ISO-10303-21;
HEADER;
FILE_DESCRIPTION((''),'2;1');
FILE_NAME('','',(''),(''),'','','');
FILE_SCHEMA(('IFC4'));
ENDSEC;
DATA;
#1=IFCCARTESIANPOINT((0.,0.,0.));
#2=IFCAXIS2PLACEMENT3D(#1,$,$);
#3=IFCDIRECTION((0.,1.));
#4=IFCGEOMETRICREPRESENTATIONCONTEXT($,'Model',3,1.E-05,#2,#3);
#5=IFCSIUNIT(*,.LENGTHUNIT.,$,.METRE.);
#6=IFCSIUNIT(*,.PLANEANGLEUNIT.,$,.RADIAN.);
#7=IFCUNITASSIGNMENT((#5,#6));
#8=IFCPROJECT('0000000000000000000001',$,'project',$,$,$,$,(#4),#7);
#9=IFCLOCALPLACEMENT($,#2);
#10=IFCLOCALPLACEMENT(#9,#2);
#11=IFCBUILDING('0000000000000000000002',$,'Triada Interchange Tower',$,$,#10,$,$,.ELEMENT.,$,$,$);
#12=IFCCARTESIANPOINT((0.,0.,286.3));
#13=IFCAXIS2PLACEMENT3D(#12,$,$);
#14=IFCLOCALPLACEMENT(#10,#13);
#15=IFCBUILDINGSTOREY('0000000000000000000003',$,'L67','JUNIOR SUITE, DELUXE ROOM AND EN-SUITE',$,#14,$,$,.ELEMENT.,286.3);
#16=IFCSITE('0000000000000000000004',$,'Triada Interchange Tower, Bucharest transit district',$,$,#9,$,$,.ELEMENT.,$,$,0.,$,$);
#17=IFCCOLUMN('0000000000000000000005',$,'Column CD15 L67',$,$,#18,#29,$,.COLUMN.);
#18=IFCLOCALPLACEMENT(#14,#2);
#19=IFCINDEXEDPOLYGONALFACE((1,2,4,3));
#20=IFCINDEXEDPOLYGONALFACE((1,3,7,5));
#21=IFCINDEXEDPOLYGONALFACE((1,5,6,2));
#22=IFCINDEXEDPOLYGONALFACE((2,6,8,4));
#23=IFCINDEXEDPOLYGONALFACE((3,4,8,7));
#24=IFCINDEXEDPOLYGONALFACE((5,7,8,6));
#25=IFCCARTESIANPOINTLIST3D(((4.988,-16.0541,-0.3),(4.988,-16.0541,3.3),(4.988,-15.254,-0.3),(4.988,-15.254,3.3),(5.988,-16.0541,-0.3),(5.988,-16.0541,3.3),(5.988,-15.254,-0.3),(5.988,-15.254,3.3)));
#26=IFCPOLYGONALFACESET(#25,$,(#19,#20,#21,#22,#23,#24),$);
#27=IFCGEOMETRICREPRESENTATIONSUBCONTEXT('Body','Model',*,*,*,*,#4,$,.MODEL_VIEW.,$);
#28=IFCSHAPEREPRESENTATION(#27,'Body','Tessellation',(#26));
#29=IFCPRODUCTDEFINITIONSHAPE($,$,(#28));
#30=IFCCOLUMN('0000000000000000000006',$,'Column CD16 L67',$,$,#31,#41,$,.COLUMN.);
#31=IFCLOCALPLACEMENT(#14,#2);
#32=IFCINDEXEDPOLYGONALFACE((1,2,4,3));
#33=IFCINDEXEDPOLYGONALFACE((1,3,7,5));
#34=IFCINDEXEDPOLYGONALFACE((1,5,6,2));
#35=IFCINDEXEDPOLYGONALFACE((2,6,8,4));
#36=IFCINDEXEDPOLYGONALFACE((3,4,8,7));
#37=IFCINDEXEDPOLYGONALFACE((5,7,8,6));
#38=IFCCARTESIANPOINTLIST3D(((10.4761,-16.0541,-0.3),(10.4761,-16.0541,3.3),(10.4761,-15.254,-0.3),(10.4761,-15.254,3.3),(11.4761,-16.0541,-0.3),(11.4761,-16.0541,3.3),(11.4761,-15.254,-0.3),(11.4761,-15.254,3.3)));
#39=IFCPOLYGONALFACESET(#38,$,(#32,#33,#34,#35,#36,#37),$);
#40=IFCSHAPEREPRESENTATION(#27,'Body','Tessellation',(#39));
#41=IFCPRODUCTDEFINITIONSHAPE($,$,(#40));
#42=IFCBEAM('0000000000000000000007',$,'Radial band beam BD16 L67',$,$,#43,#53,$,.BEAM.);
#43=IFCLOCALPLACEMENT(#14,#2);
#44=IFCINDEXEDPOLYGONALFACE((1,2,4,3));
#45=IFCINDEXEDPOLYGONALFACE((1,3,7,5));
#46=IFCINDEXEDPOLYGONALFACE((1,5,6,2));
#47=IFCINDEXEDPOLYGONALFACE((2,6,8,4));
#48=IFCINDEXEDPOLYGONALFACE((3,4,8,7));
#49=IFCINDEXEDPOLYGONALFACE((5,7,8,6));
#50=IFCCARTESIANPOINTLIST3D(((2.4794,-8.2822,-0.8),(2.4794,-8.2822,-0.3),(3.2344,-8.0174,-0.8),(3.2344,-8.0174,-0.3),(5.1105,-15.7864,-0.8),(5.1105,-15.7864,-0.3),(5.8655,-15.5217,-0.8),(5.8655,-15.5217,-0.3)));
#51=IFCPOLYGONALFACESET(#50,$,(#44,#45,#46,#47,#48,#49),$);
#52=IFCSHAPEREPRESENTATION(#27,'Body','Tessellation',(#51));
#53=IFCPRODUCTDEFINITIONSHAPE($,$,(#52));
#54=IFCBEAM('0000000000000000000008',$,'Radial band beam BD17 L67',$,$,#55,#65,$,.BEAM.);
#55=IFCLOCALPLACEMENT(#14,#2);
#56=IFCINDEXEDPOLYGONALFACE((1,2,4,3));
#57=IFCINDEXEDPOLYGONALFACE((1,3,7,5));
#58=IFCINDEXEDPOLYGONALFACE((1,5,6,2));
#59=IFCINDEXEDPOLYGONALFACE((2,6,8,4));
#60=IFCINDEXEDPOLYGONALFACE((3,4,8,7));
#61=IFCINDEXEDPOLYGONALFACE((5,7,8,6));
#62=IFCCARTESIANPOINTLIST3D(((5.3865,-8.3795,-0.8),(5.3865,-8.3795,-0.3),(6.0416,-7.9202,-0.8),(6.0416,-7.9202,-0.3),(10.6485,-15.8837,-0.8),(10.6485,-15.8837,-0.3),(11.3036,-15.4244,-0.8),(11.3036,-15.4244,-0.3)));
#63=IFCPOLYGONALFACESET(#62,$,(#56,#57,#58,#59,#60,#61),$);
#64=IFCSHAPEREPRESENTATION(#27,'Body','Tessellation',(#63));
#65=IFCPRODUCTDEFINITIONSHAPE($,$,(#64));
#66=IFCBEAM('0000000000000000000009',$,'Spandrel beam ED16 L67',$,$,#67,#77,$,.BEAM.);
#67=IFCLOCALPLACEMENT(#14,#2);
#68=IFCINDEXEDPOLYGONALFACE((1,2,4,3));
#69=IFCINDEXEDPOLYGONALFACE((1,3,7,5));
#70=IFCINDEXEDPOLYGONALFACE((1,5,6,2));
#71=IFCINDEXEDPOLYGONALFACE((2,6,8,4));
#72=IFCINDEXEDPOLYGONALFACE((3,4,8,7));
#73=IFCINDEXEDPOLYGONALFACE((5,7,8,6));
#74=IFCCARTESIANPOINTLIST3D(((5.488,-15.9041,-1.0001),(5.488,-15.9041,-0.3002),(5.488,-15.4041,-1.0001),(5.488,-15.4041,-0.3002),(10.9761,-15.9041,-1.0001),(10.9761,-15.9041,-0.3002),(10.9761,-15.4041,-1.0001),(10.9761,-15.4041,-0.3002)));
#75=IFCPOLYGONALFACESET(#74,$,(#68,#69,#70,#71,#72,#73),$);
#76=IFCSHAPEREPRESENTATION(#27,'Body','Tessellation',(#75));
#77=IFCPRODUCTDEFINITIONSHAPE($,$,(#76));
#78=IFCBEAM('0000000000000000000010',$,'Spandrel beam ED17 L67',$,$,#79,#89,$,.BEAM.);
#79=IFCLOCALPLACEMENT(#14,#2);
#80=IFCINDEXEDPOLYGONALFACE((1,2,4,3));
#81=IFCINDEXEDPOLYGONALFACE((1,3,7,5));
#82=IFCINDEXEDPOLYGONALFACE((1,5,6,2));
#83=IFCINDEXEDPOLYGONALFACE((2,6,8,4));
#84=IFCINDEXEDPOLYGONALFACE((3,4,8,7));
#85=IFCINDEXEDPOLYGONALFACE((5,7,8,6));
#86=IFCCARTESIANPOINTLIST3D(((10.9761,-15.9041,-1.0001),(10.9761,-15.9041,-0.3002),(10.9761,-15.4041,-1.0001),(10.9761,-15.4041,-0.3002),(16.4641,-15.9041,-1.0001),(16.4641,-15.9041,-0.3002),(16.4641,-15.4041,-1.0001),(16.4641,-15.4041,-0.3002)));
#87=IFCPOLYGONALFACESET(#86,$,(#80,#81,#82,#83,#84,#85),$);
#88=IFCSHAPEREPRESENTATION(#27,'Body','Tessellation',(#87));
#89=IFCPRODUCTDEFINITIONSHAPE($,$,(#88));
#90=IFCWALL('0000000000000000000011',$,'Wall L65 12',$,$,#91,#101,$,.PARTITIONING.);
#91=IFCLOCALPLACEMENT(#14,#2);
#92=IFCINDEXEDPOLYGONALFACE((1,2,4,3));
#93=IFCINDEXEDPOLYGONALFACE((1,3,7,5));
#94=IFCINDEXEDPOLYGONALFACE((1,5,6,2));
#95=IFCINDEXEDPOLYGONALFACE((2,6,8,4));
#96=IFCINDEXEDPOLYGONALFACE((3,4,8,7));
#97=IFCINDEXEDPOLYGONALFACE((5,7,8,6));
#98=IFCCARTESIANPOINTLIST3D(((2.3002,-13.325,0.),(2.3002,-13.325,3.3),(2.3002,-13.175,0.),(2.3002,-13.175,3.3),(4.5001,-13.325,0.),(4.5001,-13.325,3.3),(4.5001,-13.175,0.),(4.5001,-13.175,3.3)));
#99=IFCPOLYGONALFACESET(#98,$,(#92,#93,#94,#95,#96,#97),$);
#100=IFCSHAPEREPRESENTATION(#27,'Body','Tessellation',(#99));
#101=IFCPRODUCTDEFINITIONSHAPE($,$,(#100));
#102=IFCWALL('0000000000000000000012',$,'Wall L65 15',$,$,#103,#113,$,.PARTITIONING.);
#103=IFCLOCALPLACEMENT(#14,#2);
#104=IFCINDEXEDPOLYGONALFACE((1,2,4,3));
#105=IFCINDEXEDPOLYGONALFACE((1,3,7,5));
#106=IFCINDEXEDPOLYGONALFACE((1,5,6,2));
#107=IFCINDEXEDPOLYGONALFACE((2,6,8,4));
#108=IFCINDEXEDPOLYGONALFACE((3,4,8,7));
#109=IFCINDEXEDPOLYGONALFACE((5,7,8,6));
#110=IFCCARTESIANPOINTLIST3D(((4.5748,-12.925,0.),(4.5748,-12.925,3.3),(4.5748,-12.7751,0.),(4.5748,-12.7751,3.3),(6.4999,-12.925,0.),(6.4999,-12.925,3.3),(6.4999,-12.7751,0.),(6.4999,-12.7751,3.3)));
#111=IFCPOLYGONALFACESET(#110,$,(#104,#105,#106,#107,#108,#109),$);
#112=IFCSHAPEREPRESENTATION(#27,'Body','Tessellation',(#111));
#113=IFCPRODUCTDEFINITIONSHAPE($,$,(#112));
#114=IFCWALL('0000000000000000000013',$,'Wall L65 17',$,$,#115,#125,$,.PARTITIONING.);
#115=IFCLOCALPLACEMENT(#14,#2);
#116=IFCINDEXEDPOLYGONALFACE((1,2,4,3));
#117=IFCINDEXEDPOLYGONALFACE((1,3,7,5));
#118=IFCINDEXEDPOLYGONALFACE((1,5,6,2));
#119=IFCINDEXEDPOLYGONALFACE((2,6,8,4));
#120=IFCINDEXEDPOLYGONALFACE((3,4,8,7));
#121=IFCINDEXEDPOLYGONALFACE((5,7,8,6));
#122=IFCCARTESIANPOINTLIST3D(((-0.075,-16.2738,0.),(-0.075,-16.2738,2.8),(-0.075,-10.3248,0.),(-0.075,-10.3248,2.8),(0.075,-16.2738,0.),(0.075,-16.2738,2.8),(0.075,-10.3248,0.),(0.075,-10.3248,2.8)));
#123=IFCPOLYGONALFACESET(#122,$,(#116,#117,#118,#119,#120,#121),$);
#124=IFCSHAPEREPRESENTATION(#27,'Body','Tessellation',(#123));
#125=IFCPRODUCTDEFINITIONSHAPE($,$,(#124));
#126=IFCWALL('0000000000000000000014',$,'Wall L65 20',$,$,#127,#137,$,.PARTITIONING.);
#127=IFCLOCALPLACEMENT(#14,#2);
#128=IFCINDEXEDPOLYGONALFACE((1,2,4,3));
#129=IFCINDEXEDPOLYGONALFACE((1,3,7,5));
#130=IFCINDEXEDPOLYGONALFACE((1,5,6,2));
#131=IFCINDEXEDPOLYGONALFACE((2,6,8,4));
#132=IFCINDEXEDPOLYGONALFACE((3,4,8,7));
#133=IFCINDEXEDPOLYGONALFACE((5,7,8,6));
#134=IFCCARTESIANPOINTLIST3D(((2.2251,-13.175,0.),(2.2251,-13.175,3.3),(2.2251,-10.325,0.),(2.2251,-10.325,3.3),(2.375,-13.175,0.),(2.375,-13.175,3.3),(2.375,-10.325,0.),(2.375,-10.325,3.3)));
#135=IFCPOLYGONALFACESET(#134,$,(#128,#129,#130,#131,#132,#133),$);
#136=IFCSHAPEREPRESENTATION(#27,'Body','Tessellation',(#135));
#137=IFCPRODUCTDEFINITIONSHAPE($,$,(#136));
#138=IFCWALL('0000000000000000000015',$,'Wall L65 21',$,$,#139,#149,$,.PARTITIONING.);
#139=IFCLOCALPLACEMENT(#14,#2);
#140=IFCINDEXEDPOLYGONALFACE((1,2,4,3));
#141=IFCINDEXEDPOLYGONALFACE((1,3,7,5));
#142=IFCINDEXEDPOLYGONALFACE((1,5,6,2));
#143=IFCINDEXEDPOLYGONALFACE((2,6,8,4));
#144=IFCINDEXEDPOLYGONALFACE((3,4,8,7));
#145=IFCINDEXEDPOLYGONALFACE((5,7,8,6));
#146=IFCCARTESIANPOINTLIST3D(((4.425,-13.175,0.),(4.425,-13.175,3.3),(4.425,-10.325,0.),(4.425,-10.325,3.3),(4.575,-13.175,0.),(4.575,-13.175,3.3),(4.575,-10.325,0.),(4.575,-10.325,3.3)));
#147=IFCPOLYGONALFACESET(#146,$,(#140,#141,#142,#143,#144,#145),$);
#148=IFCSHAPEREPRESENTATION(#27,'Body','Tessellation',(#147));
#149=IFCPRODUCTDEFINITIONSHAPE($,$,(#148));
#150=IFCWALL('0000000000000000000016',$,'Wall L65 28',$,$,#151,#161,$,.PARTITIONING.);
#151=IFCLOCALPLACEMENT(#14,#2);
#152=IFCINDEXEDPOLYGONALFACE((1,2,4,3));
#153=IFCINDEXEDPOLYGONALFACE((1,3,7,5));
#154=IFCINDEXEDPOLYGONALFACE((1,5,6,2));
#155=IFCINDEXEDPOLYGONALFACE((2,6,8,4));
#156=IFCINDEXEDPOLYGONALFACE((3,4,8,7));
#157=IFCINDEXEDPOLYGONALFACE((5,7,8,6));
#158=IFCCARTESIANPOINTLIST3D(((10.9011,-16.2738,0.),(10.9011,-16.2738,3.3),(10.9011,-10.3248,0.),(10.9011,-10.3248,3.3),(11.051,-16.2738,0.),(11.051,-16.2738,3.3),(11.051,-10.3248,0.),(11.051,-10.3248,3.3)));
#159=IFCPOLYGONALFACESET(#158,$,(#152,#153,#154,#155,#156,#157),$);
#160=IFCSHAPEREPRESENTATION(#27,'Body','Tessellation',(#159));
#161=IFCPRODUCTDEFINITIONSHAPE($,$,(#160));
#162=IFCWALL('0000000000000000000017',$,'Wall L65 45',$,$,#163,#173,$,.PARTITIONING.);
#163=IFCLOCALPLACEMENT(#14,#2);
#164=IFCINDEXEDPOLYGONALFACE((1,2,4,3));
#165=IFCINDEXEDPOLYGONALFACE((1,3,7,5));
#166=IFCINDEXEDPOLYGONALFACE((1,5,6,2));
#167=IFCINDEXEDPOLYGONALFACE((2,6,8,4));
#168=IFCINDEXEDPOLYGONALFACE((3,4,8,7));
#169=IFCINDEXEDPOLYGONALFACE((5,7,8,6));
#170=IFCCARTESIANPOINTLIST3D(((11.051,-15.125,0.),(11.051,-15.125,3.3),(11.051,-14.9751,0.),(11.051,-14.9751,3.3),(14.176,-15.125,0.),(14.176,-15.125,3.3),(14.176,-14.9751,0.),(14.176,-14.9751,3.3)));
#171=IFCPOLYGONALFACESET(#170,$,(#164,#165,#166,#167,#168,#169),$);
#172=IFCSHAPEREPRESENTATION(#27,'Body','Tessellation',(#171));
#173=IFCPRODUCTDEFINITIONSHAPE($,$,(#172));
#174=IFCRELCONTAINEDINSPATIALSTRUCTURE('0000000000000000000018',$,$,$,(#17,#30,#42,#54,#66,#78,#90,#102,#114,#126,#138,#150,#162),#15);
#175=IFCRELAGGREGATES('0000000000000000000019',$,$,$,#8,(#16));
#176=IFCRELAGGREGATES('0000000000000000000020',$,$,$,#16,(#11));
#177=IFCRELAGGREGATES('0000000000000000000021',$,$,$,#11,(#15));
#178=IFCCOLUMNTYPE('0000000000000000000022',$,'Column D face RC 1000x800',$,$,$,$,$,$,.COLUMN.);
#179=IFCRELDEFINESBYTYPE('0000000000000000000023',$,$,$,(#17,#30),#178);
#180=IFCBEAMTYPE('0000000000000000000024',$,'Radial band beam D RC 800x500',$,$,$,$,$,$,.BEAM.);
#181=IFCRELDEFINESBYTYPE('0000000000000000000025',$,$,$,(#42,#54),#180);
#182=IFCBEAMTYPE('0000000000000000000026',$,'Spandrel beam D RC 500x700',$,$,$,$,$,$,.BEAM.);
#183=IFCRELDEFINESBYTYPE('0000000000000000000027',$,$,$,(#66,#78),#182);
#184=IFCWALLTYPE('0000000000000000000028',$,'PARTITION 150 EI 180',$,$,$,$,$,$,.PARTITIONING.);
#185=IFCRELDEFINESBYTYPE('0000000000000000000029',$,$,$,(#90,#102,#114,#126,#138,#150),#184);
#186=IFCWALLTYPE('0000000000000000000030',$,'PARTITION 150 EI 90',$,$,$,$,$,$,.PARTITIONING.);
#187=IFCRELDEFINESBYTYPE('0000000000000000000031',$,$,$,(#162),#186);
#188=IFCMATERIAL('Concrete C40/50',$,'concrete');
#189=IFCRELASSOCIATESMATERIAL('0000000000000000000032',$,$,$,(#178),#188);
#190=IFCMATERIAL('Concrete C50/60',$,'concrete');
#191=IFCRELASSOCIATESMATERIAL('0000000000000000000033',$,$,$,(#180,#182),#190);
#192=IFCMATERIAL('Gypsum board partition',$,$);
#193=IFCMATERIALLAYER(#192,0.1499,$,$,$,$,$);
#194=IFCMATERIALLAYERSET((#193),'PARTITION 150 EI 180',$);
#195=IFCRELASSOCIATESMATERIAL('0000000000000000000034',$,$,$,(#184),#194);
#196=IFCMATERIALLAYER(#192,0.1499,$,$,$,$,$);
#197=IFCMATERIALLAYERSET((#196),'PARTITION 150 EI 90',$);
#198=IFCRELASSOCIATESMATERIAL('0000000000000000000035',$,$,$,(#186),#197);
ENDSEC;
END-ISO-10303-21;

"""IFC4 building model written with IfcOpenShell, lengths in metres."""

from ifc_helpers import new_model, si_unit, direction, frame, frame_2d, origin, origin_2d, place, context, subcontext, project, spatial, rectangle, extrude, material, layer, layer_set, material_profile, profile_set, type_object, element, save


model = new_model("IFC4")

# Units and contexts
model_context = context("Model", 3, precision=1e-05, world=origin(), true_north=direction((0.0, 1.0)))
body_context = subcontext(model_context, "Body", "Model", "MODEL_VIEW")
ifc_project = project(units=[si_unit("LENGTHUNIT", "METRE"), si_unit("PLANEANGLEUNIT", "RADIAN")], contexts=[model_context])

# Site, building, storey
site_placement = place(None, origin())
site = spatial("IfcSite", under=ifc_project, at=site_placement, Name="Triada Interchange Tower, Bucharest transit district", CompositionType="ELEMENT", RefElevation=0.0)
building_placement = place(site_placement, origin())
building = spatial("IfcBuilding", under=site, at=building_placement, Name="Triada Interchange Tower", CompositionType="ELEMENT")
storey_placement = place(building_placement, frame((0.0, 0.0, 286.3)))
storey = spatial("IfcBuildingStorey", under=building, at=storey_placement, Name="L67", Description="JUNIOR SUITE, DELUXE ROOM AND EN-SUITE", CompositionType="ELEMENT", Elevation=286.3)

# Columns
ifc_material_1 = material(Name="Concrete C40/50", Category="concrete")
ifc_material_profile_1 = material_profile(ifc_material_1, rectangle(XDim=1.0, YDim=0.8, at=origin_2d()), Name="RC 1000x800")
ifc_profile_set_1 = profile_set([ifc_material_profile_1], Name="Concrete C40/50")
column_type = type_object("IfcColumnType", Name="Column D face RC 1000x800", PredefinedType="COLUMN", material=ifc_profile_set_1)
for number, where, z_axis, x_axis, name in (
    (1, (5.488, -15.6541, -0.3), (0.0, 0.0, 1.0), (1.0, 0.0, 0.0), "Column CD15 L67"),
    (2, (10.9761, -15.6541, -0.3), (0.0, 0.0, 1.0), (1.0, 0.0, 0.0), "Column CD16 L67"),
):
    element("IfcColumn", number, at=place(storey_placement, frame(where, z_axis=z_axis, x_axis=x_axis)), inside=storey, type_object=column_type, Name=name, PredefinedType="COLUMN", context=body_context, shape_type="SweptSolid", body=[
        extrude(rectangle(XDim=1.0, YDim=0.8, at=origin_2d()), origin(), (0.0, 0.0, 1.0), 3.6001),
    ])

# Beams
ifc_material_2 = material(Name="Concrete C50/60", Category="concrete")
ifc_material_profile_2 = material_profile(ifc_material_2, rectangle(XDim=0.8, YDim=0.5, at=origin_2d()), Name="RC 800x500")
ifc_profile_set_2 = profile_set([ifc_material_profile_2], Name="Concrete C50/60")
beam_type_1 = type_object("IfcBeamType", Name="Radial band beam D RC 800x500", PredefinedType="BEAM", material=ifc_profile_set_2)
beam_1_placement = place(storey_placement, frame((5.488, -15.6541, -0.55), z_axis=(-0.330871, 0.943676, 0.0), x_axis=(-0.943676, -0.330871, 0.0)))
element("IfcBeam", 3, at=beam_1_placement, inside=storey, type_object=beam_type_1, Name="Radial band beam BD16 L67", PredefinedType="BEAM", context=body_context, shape_type="SweptSolid", body=[
    extrude(rectangle(XDim=0.8, YDim=0.5, at=origin_2d()), origin(), (0.0, 0.0, 1.0), 7.9521),
])
beam_2_placement = place(storey_placement, frame((10.9761, -15.6541, -0.55), z_axis=(-0.574125, 0.818767, 0.0), x_axis=(-0.818767, -0.574125, 0.0)))
element("IfcBeam", 4, at=beam_2_placement, inside=storey, type_object=beam_type_1, Name="Radial band beam BD17 L67", PredefinedType="BEAM", context=body_context, shape_type="SweptSolid", body=[
    extrude(rectangle(XDim=0.8, YDim=0.5, at=origin_2d()), origin(), (0.0, 0.0, 1.0), 9.1653),
])
ifc_material_profile_3 = material_profile(ifc_material_2, rectangle(XDim=0.5, YDim=0.7, at=origin_2d()), Name="RC 500x700")
ifc_profile_set_3 = profile_set([ifc_material_profile_3], Name="Concrete C50/60")
beam_type_2 = type_object("IfcBeamType", Name="Spandrel beam D RC 500x700", PredefinedType="BEAM", material=ifc_profile_set_3)
for number, where, z_axis, x_axis, name in (
    (5, (5.488, -15.6541, -0.6501), (1.0, 0.0, 0.0), (0.0, 1.0, 0.0), "Spandrel beam ED16 L67"),
    (6, (10.9761, -15.6541, -0.6501), (1.0, 0.0, 0.0), (0.0, 1.0, 0.0), "Spandrel beam ED17 L67"),
):
    element("IfcBeam", number, at=place(storey_placement, frame(where, z_axis=z_axis, x_axis=x_axis)), inside=storey, type_object=beam_type_2, Name=name, PredefinedType="BEAM", context=body_context, shape_type="SweptSolid", body=[
        extrude(rectangle(XDim=0.5, YDim=0.7, at=origin_2d()), origin(), (0.0, 0.0, 1.0), 5.488),
    ])

# Walls
ifc_material_3 = material(Name="Gypsum board partition")
ifc_layer_1 = layer(ifc_material_3, 0.1499)
ifc_layer_set_1 = layer_set([ifc_layer_1], Name="PARTITION 150 EI 180")
wall_type_1 = type_object("IfcWallType", Name="PARTITION 150 EI 180", PredefinedType="PARTITIONING", material=ifc_layer_set_1)
wall_1_placement = place(storey_placement, frame((2.3, -13.25, 0.0), z_axis=(0.0, 0.0, 1.0), x_axis=(1.0, 0.0, 0.0)))
element("IfcWall", 7, at=wall_1_placement, inside=storey, type_object=wall_type_1, Name="Wall L65 12", PredefinedType="PARTITIONING", context=body_context, shape_type="SweptSolid", body=[
    extrude(rectangle(XDim=2.2, YDim=0.1499, at=frame_2d((1.1001, 0.0))), origin(), (0.0, 0.0, 1.0), 3.3),
])
wall_2_placement = place(storey_placement, frame((4.575, -12.8501, 0.0), z_axis=(0.0, 0.0, 1.0), x_axis=(1.0, 0.0, 0.0)))
element("IfcWall", 8, at=wall_2_placement, inside=storey, type_object=wall_type_1, Name="Wall L65 15", PredefinedType="PARTITIONING", context=body_context, shape_type="SweptSolid", body=[
    extrude(rectangle(XDim=1.925, YDim=0.1499, at=frame_2d((0.9624, 0.0))), origin(), (0.0, 0.0, 1.0), 3.3),
])
wall_3_placement = place(storey_placement, frame((0.0, -16.2739, 0.0), z_axis=(0.0, 0.0, 1.0), x_axis=(0.0, 1.0, 0.0)))
element("IfcWall", 9, at=wall_3_placement, inside=storey, type_object=wall_type_1, Name="Wall L65 17", PredefinedType="PARTITIONING", context=body_context, shape_type="SweptSolid", body=[
    extrude(rectangle(XDim=5.949, YDim=0.1499, at=frame_2d((2.9746, 0.0))), origin(), (0.0, 0.0, 1.0), 2.8),
])
for number, where, z_axis, x_axis, name in (
    (10, (2.3, -13.175, 0.0), (0.0, 0.0, 1.0), (0.0, 1.0, 0.0), "Wall L65 20"),
    (11, (4.5, -13.175, 0.0), (0.0, 0.0, 1.0), (0.0, 1.0, 0.0), "Wall L65 21"),
):
    element("IfcWall", number, at=place(storey_placement, frame(where, z_axis=z_axis, x_axis=x_axis)), inside=storey, type_object=wall_type_1, Name=name, PredefinedType="PARTITIONING", context=body_context, shape_type="SweptSolid", body=[
        extrude(rectangle(XDim=2.8501, YDim=0.1499, at=frame_2d((1.425, 0.0))), origin(), (0.0, 0.0, 1.0), 3.3),
    ])
wall_4_placement = place(storey_placement, frame((10.9761, -16.2739, 0.0), z_axis=(0.0, 0.0, 1.0), x_axis=(0.0, 1.0, 0.0)))
element("IfcWall", 12, at=wall_4_placement, inside=storey, type_object=wall_type_1, Name="Wall L65 28", PredefinedType="PARTITIONING", context=body_context, shape_type="SweptSolid", body=[
    extrude(rectangle(XDim=5.949, YDim=0.1499, at=frame_2d((2.9746, 0.0))), origin(), (0.0, 0.0, 1.0), 3.3),
])
ifc_layer_2 = layer(ifc_material_3, 0.1499)
ifc_layer_set_2 = layer_set([ifc_layer_2], Name="PARTITION 150 EI 90")
wall_type_2 = type_object("IfcWallType", Name="PARTITION 150 EI 90", PredefinedType="PARTITIONING", material=ifc_layer_set_2)
wall_5_placement = place(storey_placement, frame((11.051, -15.05, 0.0), z_axis=(0.0, 0.0, 1.0), x_axis=(1.0, 0.0, 0.0)))
element("IfcWall", 13, at=wall_5_placement, inside=storey, type_object=wall_type_2, Name="Wall L65 45", PredefinedType="PARTITIONING", context=body_context, shape_type="SweptSolid", body=[
    extrude(rectangle(XDim=3.125, YDim=0.1499, at=frame_2d((1.5625, 0.0))), origin(), (0.0, 0.0, 1.0), 3.3),
])

save(model, "model.ifc")
